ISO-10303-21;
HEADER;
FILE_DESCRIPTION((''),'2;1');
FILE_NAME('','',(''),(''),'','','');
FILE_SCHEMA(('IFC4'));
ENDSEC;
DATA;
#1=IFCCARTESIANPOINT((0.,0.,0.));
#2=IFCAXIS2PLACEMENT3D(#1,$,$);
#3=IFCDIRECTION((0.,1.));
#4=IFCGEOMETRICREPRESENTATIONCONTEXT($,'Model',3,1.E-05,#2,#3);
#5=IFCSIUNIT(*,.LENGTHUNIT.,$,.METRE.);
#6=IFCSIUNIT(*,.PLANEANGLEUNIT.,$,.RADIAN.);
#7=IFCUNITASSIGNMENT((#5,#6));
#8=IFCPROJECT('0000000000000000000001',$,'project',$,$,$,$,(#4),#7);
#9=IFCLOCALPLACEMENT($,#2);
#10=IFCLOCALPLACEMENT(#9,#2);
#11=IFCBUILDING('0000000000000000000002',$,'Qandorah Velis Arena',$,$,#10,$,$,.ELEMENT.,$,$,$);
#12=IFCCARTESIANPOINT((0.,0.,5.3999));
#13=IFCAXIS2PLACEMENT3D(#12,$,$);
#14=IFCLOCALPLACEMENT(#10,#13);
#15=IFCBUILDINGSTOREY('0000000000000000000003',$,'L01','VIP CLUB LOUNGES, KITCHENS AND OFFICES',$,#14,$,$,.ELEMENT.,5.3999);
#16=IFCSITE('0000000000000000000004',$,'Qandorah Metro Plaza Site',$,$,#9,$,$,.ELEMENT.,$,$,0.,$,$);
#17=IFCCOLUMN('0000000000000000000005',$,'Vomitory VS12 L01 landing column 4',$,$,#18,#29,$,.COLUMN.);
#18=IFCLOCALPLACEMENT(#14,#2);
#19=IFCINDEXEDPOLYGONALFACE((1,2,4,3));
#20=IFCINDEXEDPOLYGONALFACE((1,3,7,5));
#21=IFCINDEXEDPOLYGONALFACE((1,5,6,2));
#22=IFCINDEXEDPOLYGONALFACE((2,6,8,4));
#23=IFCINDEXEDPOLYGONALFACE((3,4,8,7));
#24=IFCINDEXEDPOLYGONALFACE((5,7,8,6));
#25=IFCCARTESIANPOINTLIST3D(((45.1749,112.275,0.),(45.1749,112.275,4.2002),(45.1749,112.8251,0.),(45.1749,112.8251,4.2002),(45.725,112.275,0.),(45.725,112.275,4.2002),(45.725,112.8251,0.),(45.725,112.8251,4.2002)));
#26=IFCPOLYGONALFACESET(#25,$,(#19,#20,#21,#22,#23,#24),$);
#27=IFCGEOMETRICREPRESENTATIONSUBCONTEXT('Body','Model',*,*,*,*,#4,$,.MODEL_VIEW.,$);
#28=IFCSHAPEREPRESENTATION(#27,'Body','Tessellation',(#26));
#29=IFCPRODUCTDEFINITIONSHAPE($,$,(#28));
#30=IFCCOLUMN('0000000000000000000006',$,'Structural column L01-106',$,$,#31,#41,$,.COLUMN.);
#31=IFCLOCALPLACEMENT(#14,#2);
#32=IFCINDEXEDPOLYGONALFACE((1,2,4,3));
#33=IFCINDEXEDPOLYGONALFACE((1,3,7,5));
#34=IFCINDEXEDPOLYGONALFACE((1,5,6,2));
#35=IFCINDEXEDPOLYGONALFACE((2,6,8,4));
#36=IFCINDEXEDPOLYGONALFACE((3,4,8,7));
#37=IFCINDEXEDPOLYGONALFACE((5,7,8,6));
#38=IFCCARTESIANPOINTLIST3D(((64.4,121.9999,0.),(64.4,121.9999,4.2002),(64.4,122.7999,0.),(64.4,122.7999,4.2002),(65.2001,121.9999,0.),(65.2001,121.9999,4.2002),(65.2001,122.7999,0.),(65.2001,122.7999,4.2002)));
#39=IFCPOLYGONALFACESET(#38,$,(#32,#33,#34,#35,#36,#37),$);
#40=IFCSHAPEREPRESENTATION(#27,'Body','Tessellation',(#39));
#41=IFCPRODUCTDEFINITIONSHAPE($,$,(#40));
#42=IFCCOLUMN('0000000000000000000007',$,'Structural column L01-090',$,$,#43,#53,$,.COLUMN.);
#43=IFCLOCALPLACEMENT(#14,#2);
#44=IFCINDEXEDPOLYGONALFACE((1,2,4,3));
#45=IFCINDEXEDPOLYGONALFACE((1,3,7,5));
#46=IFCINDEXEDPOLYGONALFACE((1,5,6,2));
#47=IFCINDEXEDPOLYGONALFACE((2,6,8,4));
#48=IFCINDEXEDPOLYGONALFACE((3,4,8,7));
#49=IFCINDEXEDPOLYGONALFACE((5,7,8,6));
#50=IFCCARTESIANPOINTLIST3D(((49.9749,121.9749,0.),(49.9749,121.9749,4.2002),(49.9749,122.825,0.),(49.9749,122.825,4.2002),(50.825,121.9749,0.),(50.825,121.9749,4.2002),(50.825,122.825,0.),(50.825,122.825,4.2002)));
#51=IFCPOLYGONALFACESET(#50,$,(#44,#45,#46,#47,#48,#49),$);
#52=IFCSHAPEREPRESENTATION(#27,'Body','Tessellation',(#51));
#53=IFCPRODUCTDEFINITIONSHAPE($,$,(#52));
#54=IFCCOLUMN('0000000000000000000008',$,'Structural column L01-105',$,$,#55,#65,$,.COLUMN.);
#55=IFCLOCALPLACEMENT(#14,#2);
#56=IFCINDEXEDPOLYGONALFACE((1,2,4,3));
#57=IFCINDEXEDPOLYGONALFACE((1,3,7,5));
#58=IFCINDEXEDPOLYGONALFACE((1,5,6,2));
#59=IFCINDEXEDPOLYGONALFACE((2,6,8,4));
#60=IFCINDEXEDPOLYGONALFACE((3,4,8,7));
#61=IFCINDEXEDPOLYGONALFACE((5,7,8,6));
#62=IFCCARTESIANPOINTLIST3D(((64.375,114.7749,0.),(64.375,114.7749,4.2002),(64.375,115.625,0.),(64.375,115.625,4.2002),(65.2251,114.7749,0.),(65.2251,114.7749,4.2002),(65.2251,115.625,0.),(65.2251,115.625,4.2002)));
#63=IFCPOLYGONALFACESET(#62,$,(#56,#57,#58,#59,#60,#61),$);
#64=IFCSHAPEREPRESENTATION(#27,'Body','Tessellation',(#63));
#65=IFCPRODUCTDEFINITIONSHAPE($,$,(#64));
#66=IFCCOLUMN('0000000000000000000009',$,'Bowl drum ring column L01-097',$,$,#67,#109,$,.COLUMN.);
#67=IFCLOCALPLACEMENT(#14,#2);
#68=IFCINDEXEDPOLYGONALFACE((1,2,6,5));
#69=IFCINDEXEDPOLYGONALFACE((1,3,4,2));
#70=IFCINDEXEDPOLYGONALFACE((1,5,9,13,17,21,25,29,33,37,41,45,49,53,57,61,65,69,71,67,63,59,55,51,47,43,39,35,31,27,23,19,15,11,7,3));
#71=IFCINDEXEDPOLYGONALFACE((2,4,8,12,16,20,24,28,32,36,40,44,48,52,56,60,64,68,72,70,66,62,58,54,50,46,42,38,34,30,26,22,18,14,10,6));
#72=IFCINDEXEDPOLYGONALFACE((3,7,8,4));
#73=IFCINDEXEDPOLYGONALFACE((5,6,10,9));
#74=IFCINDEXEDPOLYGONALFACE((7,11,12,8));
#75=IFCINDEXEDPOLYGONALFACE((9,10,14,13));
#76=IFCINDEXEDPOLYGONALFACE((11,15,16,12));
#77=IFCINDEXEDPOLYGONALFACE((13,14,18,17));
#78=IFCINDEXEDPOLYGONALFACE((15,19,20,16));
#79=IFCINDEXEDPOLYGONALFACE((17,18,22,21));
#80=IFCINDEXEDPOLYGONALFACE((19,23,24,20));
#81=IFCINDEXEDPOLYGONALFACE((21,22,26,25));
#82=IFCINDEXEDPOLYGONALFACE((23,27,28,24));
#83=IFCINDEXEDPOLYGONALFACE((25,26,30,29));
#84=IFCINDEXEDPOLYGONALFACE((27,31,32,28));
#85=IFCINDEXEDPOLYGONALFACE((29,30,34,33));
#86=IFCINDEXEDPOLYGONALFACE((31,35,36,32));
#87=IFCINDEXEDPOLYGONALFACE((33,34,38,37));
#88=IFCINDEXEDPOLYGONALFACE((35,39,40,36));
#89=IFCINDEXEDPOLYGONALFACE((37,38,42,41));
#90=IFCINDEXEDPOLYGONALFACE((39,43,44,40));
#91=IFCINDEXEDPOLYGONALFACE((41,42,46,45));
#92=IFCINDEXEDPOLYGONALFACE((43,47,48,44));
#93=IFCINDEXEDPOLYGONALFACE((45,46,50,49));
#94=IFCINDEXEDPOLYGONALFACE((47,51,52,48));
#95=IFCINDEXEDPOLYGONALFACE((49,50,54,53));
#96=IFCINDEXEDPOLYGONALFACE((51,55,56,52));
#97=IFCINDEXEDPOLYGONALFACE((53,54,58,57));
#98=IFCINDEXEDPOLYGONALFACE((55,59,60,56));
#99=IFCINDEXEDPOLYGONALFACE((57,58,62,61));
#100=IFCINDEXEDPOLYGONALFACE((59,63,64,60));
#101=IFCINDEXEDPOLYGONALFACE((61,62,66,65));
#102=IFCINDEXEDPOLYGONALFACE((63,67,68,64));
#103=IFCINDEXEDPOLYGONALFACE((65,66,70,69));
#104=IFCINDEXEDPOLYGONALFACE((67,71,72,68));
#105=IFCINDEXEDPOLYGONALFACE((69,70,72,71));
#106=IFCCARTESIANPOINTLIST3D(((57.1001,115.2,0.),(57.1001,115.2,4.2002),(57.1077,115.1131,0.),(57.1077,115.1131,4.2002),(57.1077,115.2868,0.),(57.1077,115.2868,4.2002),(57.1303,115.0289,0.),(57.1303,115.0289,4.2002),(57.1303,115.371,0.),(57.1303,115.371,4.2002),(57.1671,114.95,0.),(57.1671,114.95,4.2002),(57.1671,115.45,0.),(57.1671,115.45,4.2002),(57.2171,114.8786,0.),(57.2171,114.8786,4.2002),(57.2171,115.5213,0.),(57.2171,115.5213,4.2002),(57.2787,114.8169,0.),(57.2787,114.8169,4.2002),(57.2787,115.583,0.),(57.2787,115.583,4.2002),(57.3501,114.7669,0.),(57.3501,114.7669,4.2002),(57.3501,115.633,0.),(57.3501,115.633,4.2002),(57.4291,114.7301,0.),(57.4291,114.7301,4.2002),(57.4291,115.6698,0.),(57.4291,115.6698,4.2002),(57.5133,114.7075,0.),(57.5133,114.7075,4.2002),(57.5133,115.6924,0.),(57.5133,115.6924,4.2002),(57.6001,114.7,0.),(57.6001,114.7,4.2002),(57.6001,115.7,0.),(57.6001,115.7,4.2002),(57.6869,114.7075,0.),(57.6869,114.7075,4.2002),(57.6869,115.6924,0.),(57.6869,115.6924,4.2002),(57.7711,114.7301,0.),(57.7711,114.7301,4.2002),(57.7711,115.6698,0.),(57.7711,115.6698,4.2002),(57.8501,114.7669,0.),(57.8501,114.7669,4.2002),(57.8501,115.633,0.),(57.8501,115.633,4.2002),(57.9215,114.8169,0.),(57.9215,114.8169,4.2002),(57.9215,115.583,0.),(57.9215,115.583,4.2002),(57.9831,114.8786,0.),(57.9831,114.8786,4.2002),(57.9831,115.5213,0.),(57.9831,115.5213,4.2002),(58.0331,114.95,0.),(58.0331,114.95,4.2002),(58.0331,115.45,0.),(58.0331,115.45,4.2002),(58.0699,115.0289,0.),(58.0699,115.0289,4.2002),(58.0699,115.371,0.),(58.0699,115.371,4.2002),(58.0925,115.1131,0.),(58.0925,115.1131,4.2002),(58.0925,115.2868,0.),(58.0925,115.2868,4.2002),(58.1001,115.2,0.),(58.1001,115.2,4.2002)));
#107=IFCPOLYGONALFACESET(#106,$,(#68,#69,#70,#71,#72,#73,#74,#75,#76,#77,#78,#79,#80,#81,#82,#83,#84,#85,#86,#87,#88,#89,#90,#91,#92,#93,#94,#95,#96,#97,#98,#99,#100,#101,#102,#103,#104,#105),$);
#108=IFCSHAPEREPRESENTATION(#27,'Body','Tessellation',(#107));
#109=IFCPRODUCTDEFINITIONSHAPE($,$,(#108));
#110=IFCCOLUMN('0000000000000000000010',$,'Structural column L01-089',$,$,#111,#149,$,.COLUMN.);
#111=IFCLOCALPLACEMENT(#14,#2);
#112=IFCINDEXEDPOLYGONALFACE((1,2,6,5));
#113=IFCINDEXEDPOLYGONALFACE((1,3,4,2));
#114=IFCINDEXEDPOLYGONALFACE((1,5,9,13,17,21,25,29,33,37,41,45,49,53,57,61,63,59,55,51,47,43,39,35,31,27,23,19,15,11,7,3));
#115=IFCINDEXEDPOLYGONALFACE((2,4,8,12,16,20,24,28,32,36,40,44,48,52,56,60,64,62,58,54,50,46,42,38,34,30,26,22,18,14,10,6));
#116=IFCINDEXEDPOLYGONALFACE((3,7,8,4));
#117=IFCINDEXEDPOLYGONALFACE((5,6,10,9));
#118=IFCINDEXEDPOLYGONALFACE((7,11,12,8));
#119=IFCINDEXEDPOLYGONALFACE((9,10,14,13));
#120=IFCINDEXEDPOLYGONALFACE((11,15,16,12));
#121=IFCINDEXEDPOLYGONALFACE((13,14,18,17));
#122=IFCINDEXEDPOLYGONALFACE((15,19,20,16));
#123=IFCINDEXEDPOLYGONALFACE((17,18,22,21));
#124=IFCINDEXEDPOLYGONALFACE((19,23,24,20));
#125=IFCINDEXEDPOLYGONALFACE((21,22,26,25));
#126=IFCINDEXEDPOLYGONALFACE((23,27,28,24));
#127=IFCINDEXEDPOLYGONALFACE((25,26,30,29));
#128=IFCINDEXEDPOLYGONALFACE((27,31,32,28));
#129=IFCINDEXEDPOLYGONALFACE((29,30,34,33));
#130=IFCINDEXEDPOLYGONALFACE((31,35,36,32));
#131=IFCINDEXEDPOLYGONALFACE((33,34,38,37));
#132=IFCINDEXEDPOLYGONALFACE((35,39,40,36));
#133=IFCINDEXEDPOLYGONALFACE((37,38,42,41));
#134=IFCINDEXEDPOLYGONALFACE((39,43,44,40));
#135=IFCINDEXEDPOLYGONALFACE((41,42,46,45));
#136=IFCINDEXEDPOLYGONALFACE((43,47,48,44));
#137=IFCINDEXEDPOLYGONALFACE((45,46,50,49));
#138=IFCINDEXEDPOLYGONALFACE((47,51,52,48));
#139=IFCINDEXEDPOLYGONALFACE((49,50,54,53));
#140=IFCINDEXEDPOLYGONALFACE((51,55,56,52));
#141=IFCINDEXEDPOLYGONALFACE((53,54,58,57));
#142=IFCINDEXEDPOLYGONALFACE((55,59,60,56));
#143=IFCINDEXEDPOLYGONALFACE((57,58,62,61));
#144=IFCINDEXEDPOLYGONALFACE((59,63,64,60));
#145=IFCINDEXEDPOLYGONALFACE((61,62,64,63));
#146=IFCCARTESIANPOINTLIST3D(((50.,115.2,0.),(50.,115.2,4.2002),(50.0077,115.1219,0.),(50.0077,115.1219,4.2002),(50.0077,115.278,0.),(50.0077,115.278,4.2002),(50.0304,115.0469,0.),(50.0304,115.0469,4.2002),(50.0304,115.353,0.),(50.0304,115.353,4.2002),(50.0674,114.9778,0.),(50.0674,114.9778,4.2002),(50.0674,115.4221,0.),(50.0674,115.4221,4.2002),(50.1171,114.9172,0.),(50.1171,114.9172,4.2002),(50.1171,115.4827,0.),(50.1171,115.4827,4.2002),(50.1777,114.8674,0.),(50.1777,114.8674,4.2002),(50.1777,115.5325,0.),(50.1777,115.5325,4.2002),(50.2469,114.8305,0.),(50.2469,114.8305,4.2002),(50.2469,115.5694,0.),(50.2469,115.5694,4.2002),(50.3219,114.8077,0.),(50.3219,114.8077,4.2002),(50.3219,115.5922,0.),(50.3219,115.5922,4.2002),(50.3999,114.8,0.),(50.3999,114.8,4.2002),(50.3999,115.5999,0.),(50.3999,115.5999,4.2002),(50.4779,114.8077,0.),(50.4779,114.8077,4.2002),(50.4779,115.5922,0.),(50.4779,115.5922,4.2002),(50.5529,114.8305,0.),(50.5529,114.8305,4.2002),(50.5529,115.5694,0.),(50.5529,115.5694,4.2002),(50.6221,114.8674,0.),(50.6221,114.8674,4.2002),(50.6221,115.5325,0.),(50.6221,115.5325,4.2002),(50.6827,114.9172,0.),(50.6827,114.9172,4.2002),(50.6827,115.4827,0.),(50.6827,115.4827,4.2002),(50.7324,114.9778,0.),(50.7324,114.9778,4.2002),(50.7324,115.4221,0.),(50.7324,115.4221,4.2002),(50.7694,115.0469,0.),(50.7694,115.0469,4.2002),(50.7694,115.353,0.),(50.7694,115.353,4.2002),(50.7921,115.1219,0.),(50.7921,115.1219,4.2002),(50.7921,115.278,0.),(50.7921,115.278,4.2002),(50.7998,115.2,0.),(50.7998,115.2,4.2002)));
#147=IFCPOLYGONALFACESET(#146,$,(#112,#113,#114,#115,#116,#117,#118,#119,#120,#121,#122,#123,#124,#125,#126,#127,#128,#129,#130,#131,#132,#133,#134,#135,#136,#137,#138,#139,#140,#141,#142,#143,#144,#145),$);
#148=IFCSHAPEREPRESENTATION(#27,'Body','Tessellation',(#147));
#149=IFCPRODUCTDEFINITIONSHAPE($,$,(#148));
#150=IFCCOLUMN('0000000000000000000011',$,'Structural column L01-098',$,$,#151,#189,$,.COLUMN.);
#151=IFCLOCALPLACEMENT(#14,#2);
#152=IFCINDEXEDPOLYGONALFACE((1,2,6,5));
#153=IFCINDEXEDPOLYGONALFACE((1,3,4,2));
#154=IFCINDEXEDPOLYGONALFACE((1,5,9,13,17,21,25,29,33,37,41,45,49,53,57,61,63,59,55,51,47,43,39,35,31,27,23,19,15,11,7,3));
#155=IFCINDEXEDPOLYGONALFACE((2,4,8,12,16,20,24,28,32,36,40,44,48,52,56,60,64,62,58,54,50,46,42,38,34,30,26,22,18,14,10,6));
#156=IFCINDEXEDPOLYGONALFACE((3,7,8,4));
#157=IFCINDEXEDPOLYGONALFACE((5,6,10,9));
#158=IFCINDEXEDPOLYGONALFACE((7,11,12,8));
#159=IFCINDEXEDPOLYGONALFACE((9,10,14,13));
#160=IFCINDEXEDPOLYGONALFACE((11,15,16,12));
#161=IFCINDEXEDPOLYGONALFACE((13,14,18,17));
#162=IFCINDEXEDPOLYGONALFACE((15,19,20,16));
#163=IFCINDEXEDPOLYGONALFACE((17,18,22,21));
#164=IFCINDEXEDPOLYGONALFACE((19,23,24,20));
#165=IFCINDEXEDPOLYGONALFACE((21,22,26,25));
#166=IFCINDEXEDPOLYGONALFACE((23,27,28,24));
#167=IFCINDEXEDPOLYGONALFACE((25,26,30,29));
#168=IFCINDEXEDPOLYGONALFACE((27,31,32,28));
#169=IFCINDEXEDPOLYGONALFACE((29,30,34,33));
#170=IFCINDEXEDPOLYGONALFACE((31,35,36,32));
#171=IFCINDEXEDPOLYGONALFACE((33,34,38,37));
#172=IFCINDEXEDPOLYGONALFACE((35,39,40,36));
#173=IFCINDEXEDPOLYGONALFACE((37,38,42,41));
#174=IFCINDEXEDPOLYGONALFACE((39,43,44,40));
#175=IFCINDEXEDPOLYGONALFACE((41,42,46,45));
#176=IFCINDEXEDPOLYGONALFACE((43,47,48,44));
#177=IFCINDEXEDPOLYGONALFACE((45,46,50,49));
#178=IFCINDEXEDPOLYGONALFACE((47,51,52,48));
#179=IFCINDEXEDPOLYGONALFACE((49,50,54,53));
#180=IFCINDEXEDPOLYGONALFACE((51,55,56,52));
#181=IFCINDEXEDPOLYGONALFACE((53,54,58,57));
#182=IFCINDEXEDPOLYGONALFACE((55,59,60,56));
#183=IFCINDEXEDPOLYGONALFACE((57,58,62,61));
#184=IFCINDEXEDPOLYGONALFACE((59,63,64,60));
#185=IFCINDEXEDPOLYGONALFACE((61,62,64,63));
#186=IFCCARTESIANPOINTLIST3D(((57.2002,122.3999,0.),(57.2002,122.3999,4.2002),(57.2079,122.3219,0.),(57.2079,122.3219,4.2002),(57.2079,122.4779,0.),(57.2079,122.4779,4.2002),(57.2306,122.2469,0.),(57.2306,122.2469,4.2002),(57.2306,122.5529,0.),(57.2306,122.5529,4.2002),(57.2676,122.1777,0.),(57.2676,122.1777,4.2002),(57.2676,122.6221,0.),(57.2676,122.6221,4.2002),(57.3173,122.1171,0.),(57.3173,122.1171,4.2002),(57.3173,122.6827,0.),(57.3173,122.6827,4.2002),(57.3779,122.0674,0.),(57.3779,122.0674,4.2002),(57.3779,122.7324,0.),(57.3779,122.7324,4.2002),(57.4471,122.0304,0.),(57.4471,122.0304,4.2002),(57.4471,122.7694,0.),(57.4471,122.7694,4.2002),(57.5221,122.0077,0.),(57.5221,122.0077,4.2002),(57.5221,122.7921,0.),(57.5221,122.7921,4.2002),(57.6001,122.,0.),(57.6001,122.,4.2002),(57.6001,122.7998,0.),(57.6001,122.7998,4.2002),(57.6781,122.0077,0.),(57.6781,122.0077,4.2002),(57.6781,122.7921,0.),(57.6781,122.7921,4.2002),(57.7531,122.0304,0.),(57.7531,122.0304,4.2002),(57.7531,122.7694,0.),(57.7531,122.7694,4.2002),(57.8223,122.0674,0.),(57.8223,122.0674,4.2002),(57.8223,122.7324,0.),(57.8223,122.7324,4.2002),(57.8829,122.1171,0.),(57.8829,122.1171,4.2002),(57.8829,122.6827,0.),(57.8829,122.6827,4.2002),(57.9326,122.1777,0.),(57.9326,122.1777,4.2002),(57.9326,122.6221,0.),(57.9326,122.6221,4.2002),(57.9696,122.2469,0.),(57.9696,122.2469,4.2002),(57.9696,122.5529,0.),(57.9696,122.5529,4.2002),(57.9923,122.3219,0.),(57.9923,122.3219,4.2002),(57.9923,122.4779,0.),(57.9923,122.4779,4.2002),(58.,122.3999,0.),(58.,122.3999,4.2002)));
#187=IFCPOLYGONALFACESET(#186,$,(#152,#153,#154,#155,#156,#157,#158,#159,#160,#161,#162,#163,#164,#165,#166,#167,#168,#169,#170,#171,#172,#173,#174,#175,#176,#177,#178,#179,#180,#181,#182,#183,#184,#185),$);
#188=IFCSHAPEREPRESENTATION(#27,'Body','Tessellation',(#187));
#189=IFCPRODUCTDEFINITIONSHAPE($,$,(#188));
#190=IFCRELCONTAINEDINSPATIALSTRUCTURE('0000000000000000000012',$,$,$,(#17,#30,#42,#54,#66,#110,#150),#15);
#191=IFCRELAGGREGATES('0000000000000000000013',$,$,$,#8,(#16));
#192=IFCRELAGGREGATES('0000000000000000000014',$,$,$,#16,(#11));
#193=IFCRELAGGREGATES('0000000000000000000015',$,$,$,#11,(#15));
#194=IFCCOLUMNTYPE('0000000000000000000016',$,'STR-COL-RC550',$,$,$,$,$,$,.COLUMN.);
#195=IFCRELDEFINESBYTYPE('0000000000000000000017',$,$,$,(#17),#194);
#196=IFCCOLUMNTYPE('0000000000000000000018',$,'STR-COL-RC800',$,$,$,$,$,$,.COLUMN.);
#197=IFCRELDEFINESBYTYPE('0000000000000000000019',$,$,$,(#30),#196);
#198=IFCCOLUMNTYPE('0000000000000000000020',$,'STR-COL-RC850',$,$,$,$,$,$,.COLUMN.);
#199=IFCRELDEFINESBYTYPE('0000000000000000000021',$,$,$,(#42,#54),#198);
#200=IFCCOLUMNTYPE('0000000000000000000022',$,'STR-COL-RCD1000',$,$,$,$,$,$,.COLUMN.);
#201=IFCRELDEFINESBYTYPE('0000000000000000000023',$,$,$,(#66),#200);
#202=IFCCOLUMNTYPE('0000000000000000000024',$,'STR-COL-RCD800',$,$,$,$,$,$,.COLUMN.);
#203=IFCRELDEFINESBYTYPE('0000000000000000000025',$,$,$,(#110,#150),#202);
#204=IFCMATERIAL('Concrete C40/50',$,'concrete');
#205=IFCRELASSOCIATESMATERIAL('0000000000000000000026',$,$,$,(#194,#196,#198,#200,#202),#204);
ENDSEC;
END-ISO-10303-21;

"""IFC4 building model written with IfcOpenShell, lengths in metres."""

from ifc_helpers import new_model, si_unit, direction, frame, origin, origin_2d, place, context, subcontext, project, spatial, rectangle, circle, extrude, material, material_profile, profile_set, type_object, element, save


model = new_model("IFC4")

# Units and contexts
model_context = context("Model", 3, precision=1e-05, world=origin(), true_north=direction((0.0, 1.0)))
body_context = subcontext(model_context, "Body", "Model", "MODEL_VIEW")
ifc_project = project(units=[si_unit("LENGTHUNIT", "METRE"), si_unit("PLANEANGLEUNIT", "RADIAN")], contexts=[model_context])

# Site, building, storey
site_placement = place(None, origin())
site = spatial("IfcSite", under=ifc_project, at=site_placement, Name="Qandorah Metro Plaza Site", CompositionType="ELEMENT", RefElevation=0.0)
building_placement = place(site_placement, origin())
building = spatial("IfcBuilding", under=site, at=building_placement, Name="Qandorah Velis Arena", CompositionType="ELEMENT")
storey_placement = place(building_placement, frame((0.0, 0.0, 5.3999)))
storey = spatial("IfcBuildingStorey", under=building, at=storey_placement, Name="L01", Description="VIP CLUB LOUNGES, KITCHENS AND OFFICES", CompositionType="ELEMENT", Elevation=5.3999)

# Columns
ifc_material_1 = material(Name="Concrete C40/50", Category="concrete")
ifc_material_profile_1 = material_profile(ifc_material_1, rectangle(XDim=0.55, YDim=0.55, at=origin_2d()), Name="RC COL 550x550")
ifc_profile_set_1 = profile_set([ifc_material_profile_1], Name="Concrete C40/50")
column_type_1 = type_object("IfcColumnType", Name="STR-COL-RC550", PredefinedType="COLUMN", material=ifc_profile_set_1)
column_1_placement = place(storey_placement, frame((45.45, 112.55, 0.0), z_axis=(0.0, 0.0, 1.0), x_axis=(1.0, 0.0, 0.0)))
element("IfcColumn", 1, at=column_1_placement, inside=storey, type_object=column_type_1, Name="Vomitory VS12 L01 landing column 4", PredefinedType="COLUMN", context=body_context, shape_type="SweptSolid", body=[
    extrude(rectangle(XDim=0.55, YDim=0.55, at=origin_2d()), origin(), (0.0, 0.0, 1.0), 4.2002),
])
ifc_material_profile_2 = material_profile(ifc_material_1, rectangle(XDim=0.8, YDim=0.8, at=origin_2d()), Name="RC COL 800x800")
ifc_profile_set_2 = profile_set([ifc_material_profile_2], Name="Concrete C40/50")
column_type_2 = type_object("IfcColumnType", Name="STR-COL-RC800", PredefinedType="COLUMN", material=ifc_profile_set_2)
column_2_placement = place(storey_placement, frame((64.8, 122.3999, 0.0), z_axis=(0.0, 0.0, 1.0), x_axis=(1.0, 0.0, 0.0)))
element("IfcColumn", 2, at=column_2_placement, inside=storey, type_object=column_type_2, Name="Structural column L01-106", PredefinedType="COLUMN", context=body_context, shape_type="SweptSolid", body=[
    extrude(rectangle(XDim=0.8, YDim=0.8, at=origin_2d()), origin(), (0.0, 0.0, 1.0), 4.2002),
])
ifc_material_profile_3 = material_profile(ifc_material_1, rectangle(XDim=0.8501, YDim=0.8501, at=origin_2d()), Name="RC COL 850x850")
ifc_profile_set_3 = profile_set([ifc_material_profile_3], Name="Concrete C40/50")
column_type_3 = type_object("IfcColumnType", Name="STR-COL-RC850", PredefinedType="COLUMN", material=ifc_profile_set_3)
for number, where, z_axis, x_axis, name in (
    (3, (50.3999, 122.3999, 0.0), (0.0, 0.0, 1.0), (1.0, 0.0, 0.0), "Structural column L01-090"),
    (4, (64.8, 115.2, 0.0), (0.0, 0.0, 1.0), (1.0, 0.0, 0.0), "Structural column L01-105"),
):
    element("IfcColumn", number, at=place(storey_placement, frame(where, z_axis=z_axis, x_axis=x_axis)), inside=storey, type_object=column_type_3, Name=name, PredefinedType="COLUMN", context=body_context, shape_type="SweptSolid", body=[
        extrude(rectangle(XDim=0.8501, YDim=0.8501, at=origin_2d()), origin(), (0.0, 0.0, 1.0), 4.2002),
    ])
ifc_material_profile_4 = material_profile(ifc_material_1, circle(Radius=0.5, at=origin_2d()), Name="RC D1000")
ifc_profile_set_4 = profile_set([ifc_material_profile_4], Name="Concrete C40/50")
column_type_4 = type_object("IfcColumnType", Name="STR-COL-RCD1000", PredefinedType="COLUMN", material=ifc_profile_set_4)
column_3_placement = place(storey_placement, frame((57.6001, 115.2, 0.0), z_axis=(0.0, 0.0, 1.0), x_axis=(1.0, 0.0, 0.0)))
element("IfcColumn", 5, at=column_3_placement, inside=storey, type_object=column_type_4, Name="Bowl drum ring column L01-097", PredefinedType="COLUMN", context=body_context, shape_type="SweptSolid", body=[
    extrude(circle(Radius=0.5, at=origin_2d()), origin(), (0.0, 0.0, 1.0), 4.2002),
])
ifc_material_profile_5 = material_profile(ifc_material_1, circle(Radius=0.3999, at=origin_2d()), Name="RC D800")
ifc_profile_set_5 = profile_set([ifc_material_profile_5], Name="Concrete C40/50")
column_type_5 = type_object("IfcColumnType", Name="STR-COL-RCD800", PredefinedType="COLUMN", material=ifc_profile_set_5)
for number, where, z_axis, x_axis, name in (
    (6, (50.3999, 115.2, 0.0), (0.0, 0.0, 1.0), (1.0, 0.0, 0.0), "Structural column L01-089"),
    (7, (57.6001, 122.3999, 0.0), (0.0, 0.0, 1.0), (1.0, 0.0, 0.0), "Structural column L01-098"),
):
    element("IfcColumn", number, at=place(storey_placement, frame(where, z_axis=z_axis, x_axis=x_axis)), inside=storey, type_object=column_type_5, Name=name, PredefinedType="COLUMN", context=body_context, shape_type="SweptSolid", body=[
        extrude(circle(Radius=0.3999, at=origin_2d()), origin(), (0.0, 0.0, 1.0), 4.2002),
    ])

save(model, "model.ifc")
